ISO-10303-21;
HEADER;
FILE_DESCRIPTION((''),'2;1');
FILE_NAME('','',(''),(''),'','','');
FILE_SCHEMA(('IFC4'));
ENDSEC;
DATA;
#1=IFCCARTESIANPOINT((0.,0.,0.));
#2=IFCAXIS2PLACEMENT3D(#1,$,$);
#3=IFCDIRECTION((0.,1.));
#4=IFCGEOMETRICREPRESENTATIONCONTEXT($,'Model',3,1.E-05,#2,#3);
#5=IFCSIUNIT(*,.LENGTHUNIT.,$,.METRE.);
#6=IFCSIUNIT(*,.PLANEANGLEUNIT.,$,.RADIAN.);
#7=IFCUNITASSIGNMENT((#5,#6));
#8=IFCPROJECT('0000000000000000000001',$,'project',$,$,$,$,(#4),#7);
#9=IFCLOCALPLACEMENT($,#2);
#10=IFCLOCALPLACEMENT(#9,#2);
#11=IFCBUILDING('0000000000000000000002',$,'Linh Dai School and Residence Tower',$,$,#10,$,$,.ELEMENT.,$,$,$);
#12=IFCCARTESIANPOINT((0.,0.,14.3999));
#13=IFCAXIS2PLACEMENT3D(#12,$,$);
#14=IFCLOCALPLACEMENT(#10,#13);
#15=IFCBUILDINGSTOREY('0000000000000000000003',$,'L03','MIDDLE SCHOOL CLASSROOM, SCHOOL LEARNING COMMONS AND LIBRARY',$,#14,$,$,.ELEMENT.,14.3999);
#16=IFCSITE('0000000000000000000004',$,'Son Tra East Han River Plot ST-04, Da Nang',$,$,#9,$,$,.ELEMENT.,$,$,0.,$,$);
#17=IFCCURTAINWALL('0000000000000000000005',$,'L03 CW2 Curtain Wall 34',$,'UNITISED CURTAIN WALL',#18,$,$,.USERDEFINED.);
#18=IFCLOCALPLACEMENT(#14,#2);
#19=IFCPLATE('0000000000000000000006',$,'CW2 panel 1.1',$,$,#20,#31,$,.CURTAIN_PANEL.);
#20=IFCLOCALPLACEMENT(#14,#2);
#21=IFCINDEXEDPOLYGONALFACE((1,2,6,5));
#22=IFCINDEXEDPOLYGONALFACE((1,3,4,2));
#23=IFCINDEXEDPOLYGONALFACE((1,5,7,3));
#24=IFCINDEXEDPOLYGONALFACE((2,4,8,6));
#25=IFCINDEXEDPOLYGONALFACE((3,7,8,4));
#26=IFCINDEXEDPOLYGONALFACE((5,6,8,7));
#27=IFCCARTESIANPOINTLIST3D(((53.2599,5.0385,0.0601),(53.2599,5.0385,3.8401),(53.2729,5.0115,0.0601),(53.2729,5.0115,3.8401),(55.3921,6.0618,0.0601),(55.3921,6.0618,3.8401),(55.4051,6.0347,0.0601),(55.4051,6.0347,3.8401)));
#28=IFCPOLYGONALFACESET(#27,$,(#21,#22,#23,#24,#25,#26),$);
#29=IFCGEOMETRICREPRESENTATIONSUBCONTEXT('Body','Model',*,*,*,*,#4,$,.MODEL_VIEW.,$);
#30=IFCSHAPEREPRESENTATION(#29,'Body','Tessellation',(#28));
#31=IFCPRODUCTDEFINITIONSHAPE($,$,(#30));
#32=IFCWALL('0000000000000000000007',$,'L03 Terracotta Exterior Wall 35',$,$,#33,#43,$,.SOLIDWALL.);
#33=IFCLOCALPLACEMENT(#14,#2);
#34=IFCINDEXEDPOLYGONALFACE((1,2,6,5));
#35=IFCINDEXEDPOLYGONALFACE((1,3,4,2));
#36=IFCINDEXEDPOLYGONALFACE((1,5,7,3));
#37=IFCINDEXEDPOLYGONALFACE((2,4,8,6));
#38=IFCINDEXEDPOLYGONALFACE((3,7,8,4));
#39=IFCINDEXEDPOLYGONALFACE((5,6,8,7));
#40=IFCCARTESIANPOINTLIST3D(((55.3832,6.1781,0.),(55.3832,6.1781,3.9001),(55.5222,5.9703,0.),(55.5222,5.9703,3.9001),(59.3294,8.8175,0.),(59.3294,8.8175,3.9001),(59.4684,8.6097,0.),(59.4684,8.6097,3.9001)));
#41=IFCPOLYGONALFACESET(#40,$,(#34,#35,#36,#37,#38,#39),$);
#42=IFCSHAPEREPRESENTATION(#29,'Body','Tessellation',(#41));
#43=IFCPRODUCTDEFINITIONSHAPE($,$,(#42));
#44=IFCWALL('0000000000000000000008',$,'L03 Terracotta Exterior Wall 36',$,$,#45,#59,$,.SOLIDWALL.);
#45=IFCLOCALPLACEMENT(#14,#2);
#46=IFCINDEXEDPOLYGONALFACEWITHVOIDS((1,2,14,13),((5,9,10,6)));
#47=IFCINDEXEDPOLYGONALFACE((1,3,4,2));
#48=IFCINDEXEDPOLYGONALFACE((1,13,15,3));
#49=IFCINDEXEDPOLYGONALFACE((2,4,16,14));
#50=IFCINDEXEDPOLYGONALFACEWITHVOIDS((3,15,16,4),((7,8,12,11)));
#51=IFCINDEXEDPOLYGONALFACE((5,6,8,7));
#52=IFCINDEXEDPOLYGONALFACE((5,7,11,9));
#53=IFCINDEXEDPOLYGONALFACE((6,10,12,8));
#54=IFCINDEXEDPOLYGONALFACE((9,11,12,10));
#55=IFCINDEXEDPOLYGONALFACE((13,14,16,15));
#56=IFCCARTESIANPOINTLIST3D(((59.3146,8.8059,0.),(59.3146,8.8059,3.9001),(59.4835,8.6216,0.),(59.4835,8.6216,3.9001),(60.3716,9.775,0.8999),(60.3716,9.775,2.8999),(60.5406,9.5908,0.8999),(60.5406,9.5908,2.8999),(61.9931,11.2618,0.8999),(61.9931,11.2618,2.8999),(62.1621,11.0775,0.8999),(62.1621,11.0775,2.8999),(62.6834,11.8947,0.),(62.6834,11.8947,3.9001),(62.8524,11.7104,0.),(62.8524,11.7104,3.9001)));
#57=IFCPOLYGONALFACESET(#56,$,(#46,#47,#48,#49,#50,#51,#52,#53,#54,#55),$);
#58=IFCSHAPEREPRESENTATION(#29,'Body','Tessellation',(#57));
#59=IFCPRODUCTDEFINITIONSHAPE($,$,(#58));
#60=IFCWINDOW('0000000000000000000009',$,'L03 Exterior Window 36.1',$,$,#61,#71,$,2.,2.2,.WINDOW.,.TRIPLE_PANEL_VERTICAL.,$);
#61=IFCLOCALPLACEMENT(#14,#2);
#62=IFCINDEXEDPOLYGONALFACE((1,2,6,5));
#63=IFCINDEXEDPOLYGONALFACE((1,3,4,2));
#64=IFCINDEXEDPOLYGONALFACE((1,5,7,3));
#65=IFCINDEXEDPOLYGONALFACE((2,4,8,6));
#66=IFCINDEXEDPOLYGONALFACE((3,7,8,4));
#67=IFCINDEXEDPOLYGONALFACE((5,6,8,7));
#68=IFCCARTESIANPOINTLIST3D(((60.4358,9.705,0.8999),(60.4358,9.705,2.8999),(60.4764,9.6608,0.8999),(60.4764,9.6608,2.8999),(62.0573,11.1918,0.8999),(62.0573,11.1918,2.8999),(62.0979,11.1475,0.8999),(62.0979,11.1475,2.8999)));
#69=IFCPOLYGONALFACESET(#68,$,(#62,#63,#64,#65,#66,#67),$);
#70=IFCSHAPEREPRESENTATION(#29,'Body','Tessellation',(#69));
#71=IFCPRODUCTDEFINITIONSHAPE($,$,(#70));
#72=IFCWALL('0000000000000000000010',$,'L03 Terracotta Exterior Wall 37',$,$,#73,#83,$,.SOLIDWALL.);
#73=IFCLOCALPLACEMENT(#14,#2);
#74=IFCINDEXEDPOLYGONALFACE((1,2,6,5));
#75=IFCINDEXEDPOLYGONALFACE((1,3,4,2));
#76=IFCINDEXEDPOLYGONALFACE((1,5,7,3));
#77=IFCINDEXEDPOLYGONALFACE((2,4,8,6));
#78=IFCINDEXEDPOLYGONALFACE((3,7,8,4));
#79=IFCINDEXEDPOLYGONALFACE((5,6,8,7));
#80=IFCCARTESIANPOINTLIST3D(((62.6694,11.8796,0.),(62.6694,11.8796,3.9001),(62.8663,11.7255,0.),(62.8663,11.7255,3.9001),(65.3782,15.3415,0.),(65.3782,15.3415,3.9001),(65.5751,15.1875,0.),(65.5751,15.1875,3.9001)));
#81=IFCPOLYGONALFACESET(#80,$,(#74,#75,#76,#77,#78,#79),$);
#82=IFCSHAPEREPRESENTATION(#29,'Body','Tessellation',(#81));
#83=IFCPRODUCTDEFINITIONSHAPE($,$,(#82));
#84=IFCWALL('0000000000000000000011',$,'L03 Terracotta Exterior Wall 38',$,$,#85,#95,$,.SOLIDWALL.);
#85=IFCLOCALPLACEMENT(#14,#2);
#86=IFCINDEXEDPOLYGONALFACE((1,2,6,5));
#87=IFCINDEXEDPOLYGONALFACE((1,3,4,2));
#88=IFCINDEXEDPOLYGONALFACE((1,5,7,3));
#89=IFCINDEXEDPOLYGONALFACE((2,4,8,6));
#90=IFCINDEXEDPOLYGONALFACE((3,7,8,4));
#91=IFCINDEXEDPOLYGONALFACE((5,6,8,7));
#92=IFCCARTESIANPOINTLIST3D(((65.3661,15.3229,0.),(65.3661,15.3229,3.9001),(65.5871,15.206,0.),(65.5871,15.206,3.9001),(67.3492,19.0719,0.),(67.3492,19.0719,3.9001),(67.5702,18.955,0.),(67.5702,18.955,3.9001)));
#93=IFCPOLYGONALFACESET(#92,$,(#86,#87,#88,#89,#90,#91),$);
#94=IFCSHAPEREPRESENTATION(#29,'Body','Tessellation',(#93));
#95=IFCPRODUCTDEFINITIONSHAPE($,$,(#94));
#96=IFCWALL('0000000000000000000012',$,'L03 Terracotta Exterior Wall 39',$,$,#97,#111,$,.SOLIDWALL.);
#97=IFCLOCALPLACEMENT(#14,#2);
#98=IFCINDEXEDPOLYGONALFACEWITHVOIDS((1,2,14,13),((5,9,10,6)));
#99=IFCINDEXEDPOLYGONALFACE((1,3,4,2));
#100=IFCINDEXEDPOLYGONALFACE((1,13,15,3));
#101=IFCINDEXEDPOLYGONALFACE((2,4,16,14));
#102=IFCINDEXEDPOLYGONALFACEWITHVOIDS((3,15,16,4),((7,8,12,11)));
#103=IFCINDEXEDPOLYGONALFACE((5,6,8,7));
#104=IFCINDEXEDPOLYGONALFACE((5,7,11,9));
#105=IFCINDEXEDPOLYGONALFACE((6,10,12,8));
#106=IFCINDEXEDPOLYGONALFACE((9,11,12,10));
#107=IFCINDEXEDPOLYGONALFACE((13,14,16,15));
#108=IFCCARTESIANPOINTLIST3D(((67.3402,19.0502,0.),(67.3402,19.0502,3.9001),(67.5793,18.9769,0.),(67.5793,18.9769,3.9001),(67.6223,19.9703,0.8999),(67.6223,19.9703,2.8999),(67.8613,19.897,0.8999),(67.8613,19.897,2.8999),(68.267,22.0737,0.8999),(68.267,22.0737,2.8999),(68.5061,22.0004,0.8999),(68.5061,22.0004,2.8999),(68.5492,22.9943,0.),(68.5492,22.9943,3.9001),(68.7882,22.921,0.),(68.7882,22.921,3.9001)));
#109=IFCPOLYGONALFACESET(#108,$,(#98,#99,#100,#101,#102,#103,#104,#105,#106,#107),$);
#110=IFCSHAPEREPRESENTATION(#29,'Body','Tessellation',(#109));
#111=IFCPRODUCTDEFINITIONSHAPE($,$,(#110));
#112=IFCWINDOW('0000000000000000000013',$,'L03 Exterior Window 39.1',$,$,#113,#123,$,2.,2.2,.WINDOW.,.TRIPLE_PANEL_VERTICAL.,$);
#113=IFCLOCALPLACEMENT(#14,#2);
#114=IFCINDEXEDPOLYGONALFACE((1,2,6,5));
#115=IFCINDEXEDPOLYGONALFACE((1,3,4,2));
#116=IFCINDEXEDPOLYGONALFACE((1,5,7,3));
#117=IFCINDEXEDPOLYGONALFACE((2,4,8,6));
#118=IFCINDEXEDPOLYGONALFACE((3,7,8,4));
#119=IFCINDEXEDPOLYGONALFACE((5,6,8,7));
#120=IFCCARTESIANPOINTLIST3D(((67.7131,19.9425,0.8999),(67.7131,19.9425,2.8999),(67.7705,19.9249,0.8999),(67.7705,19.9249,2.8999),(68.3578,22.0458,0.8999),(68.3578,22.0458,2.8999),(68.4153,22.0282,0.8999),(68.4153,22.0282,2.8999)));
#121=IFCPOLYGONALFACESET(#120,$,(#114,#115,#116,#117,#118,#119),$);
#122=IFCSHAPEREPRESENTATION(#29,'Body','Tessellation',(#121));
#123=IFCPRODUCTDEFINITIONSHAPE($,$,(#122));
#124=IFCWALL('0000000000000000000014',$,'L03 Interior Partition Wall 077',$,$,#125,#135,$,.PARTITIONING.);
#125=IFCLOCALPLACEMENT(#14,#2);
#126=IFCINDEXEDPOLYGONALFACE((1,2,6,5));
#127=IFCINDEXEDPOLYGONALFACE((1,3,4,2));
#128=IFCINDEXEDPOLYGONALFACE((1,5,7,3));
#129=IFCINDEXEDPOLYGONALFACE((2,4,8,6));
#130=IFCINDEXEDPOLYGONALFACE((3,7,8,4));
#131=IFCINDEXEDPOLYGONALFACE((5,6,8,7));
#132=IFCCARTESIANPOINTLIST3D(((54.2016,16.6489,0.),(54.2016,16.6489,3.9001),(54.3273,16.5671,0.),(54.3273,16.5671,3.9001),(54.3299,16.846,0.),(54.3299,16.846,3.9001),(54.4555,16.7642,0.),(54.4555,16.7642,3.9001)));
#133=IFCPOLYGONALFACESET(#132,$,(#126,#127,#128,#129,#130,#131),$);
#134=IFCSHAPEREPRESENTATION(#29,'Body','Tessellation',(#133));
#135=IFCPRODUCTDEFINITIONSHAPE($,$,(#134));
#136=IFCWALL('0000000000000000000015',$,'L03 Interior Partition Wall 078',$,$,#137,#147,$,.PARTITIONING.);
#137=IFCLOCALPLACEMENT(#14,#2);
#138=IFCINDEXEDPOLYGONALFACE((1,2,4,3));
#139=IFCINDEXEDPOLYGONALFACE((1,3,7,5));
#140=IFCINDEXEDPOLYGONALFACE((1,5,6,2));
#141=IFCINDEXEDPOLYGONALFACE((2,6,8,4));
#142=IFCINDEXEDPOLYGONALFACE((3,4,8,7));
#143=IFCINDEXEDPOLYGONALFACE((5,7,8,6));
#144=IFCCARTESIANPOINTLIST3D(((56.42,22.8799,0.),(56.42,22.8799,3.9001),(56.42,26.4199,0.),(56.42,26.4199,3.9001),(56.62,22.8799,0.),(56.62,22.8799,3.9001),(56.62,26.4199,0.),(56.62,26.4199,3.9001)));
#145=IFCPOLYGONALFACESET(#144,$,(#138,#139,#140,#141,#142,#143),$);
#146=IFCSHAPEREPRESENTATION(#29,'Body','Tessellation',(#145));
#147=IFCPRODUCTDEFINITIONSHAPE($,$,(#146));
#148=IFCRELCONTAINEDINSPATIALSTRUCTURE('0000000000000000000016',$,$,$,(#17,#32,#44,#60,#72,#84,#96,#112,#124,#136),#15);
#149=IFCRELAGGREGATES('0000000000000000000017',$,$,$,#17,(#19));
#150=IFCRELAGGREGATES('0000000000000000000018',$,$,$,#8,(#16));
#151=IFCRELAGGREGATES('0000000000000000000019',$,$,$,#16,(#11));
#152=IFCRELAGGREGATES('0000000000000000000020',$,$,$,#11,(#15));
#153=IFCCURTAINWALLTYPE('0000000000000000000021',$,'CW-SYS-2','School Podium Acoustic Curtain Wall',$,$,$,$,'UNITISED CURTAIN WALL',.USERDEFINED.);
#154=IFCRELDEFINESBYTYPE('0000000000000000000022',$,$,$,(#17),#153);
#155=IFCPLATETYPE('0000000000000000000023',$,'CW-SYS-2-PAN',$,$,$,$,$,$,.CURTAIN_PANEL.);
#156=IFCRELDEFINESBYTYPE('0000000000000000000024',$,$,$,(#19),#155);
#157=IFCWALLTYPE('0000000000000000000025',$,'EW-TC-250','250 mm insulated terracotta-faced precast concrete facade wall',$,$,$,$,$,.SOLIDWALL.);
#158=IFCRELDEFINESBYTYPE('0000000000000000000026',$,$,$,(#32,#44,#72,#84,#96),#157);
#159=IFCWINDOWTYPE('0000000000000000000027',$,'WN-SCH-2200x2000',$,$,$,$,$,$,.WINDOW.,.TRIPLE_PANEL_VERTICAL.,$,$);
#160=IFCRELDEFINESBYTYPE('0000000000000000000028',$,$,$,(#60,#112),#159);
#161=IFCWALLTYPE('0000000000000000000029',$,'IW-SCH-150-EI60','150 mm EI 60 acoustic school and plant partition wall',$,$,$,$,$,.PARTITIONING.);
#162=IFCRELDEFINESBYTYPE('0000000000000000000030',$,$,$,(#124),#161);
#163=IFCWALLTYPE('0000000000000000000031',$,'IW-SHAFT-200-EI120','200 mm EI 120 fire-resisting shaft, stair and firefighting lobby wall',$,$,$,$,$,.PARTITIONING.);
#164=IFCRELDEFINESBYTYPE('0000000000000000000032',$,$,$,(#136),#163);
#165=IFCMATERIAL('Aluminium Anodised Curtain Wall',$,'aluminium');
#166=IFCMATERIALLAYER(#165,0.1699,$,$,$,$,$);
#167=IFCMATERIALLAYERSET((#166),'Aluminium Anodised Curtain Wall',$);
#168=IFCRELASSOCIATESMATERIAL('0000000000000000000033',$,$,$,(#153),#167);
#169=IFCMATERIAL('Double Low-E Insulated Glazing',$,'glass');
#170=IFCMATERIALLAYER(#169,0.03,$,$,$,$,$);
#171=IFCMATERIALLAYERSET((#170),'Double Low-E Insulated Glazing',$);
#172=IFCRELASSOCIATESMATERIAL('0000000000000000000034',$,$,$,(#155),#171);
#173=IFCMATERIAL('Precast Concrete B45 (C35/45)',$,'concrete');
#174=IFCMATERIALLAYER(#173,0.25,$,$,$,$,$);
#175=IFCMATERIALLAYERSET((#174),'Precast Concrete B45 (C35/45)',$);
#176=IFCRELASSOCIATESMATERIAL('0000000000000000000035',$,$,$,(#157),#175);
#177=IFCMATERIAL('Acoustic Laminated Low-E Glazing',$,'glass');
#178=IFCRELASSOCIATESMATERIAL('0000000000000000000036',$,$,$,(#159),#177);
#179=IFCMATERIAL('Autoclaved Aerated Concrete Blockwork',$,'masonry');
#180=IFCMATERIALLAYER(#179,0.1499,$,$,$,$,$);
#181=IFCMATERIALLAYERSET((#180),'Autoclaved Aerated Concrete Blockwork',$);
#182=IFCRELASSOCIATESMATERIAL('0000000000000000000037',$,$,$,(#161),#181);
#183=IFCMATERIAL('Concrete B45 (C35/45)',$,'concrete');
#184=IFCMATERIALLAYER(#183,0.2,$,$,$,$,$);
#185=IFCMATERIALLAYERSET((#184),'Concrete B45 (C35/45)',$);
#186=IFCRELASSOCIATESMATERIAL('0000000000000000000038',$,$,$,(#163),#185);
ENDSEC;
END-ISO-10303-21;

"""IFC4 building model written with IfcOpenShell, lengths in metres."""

from ifc_helpers import new_model, si_unit, direction, frame, frame_2d, origin, origin_2d, place, context, subcontext, project, spatial, rectangle, extrude, source, transform, mapped, material, layer, layer_set, type_object, element, fill, aggregate, save


model = new_model("IFC4")

# Units and contexts
model_context = context("Model", 3, precision=1e-05, world=origin(), true_north=direction((0.0, 1.0)))
body_context = subcontext(model_context, "Body", "Model", "MODEL_VIEW")
ifc_project = project(units=[si_unit("LENGTHUNIT", "METRE"), si_unit("PLANEANGLEUNIT", "RADIAN")], contexts=[model_context])

# Site, building, storey
site_placement = place(None, origin())
site = spatial("IfcSite", under=ifc_project, at=site_placement, Name="Son Tra East Han River Plot ST-04, Da Nang", CompositionType="ELEMENT", RefElevation=0.0)
building_placement = place(site_placement, origin())
building = spatial("IfcBuilding", under=site, at=building_placement, Name="Linh Dai School and Residence Tower", CompositionType="ELEMENT")
storey_placement = place(building_placement, frame((0.0, 0.0, 14.3999)))
storey = spatial("IfcBuildingStorey", under=building, at=storey_placement, Name="L03", Description="MIDDLE SCHOOL CLASSROOM, SCHOOL LEARNING COMMONS AND LIBRARY", CompositionType="ELEMENT", Elevation=14.3999)

# Curtain wall
ifc_material_1 = material(Name="Aluminium Anodised Curtain Wall", Category="aluminium")
ifc_layer_1 = layer(ifc_material_1, 0.1699)
ifc_layer_set_1 = layer_set([ifc_layer_1], Name="Aluminium Anodised Curtain Wall")
curtain_wall_type = type_object("IfcCurtainWallType", Name="CW-SYS-2", Description="School Podium Acoustic Curtain Wall", ElementType="UNITISED CURTAIN WALL", PredefinedType="USERDEFINED", material=ifc_layer_set_1)
curtain_wall_placement = place(storey_placement, origin())
curtain_wall = element("IfcCurtainWall", 1, at=curtain_wall_placement, inside=storey, type_object=curtain_wall_type, Name="L03 CW2 Curtain Wall 34", ObjectType="UNITISED CURTAIN WALL", PredefinedType="USERDEFINED")

# Plate
ifc_material_2 = material(Name="Double Low-E Insulated Glazing", Category="glass")
ifc_layer_2 = layer(ifc_material_2, 0.03)
ifc_layer_set_2 = layer_set([ifc_layer_2], Name="Double Low-E Insulated Glazing")
plate_type_1 = type_object("IfcPlateType", Name="CW-SYS-2-PAN", PredefinedType="CURTAIN_PANEL", material=ifc_layer_set_2)
shared_shape_1 = source(origin(), body_context, "Body", "SweptSolid", [
    extrude(rectangle(XDim=2.365, YDim=0.03, at=origin_2d()), origin(), (0.0, 0.0, 1.0), 3.78),
])
plate_1_placement = place(storey_placement, frame((54.3325, 5.5366, 0.0601), z_axis=(0.0, 0.0, 1.0), x_axis=(-0.901558, -0.432657, 0.0)))
plate_1 = element("IfcPlate", 2, at=plate_1_placement, type_object=plate_type_1, Name="CW2 panel 1.1", PredefinedType="CURTAIN_PANEL", context=body_context, shape_type="MappedRepresentation", body=[
    mapped(shared_shape_1, transform((0.0, 0.0, 0.0), x_axis=(1.0, 0.0, 0.0), y_axis=(0.0, 1.0, 0.0), z_axis=(0.0, 0.0, 1.0), scale=1.0)),
])
aggregate(curtain_wall, [plate_1])

# Wall
ifc_material_3 = material(Name="Precast Concrete B45 (C35/45)", Category="concrete")
ifc_layer_3 = layer(ifc_material_3, 0.25)
ifc_layer_set_3 = layer_set([ifc_layer_3], Name="Precast Concrete B45 (C35/45)")
wall_type_1 = type_object("IfcWallType", Name="EW-TC-250", Description="250 mm insulated terracotta-faced precast concrete facade wall", PredefinedType="SOLIDWALL", material=ifc_layer_set_3)
wall_1_placement = place(storey_placement, frame((59.3989, 8.7136, 0.0), z_axis=(0.0, 0.0, 1.0), x_axis=(-0.831219, -0.555946, 0.0)))
element("IfcWall", 3, at=wall_1_placement, inside=storey, type_object=wall_type_1, Name="L03 Terracotta Exterior Wall 35", PredefinedType="SOLIDWALL", context=body_context, shape_type="SweptSolid", body=[
    extrude(rectangle(XDim=4.7476, YDim=0.25, at=frame_2d((2.3738, 0.0))), origin(), (0.0, 0.0, 1.0), 3.9001),
])

# Wall, opening, window
wall_2_placement = place(storey_placement, frame((62.7678, 11.8025, 0.0), z_axis=(0.0, 0.0, 1.0), x_axis=(-0.737077, -0.675809, 0.0)))
wall_2 = element("IfcWall", 4, at=wall_2_placement, inside=storey, type_object=wall_type_1, Name="L03 Terracotta Exterior Wall 36", PredefinedType="SOLIDWALL", context=body_context, shape_type="SweptSolid", body=[
    extrude(rectangle(XDim=4.5706, YDim=0.25, at=frame_2d((2.2852, 0.0))), origin(), (0.0, 0.0, 1.0), 3.9001),
])
opening_1_placement = place(wall_2_placement, frame((0.9363, 0.0, 0.8999)))
opening_1 = element("IfcOpeningElement", 5, at=opening_1_placement, cuts=wall_2, PredefinedType="OPENING", context=body_context, shape_type="SweptSolid", body=[
    extrude(rectangle(XDim=2.2, YDim=2.0, at=origin_2d()), frame((1.1001, 0.135, 1.0), z_axis=(0.0, -1.0, 0.0), x_axis=(1.0, 0.0, 0.0)), (0.0, 0.0, 1.0), 0.27),
])
ifc_material_4 = material(Name="Acoustic Laminated Low-E Glazing", Category="glass")
window_type = type_object("IfcWindowType", Name="WN-SCH-2200x2000", PartitioningType="TRIPLE_PANEL_VERTICAL", PredefinedType="WINDOW", material=ifc_material_4)
shared_shape_2 = source(origin(), body_context, "Body", "SweptSolid", [
    extrude(rectangle(XDim=2.2, YDim=2.0, at=origin_2d()), frame((1.1001, 0.03, 1.0), z_axis=(0.0, -1.0, 0.0), x_axis=(1.0, 0.0, 0.0)), (0.0, 0.0, 1.0), 0.0601),
])
window_1_placement = place(opening_1_placement, origin())
window_1 = element("IfcWindow", 6, at=window_1_placement, inside=storey, type_object=window_type, Name="L03 Exterior Window 36.1", OverallHeight=2.0, OverallWidth=2.2, PartitioningType="TRIPLE_PANEL_VERTICAL", PredefinedType="WINDOW", context=body_context, shape_type="MappedRepresentation", body=[
    mapped(shared_shape_2, transform((0.0, 0.0, 0.0), x_axis=(1.0, 0.0, 0.0), y_axis=(0.0, 1.0, 0.0), z_axis=(0.0, 0.0, 1.0), scale=1.0)),
])
fill(opening_1, window_1)

# Walls
wall_3_placement = place(storey_placement, frame((65.4766, 15.2644, 0.0), z_axis=(0.0, 0.0, 1.0), x_axis=(-0.616226, -0.787569, 0.0)))
element("IfcWall", 7, at=wall_3_placement, inside=storey, type_object=wall_type_1, Name="L03 Terracotta Exterior Wall 37", PredefinedType="SOLIDWALL", context=body_context, shape_type="SweptSolid", body=[
    extrude(rectangle(XDim=4.3958, YDim=0.25, at=frame_2d((2.1978, 0.0))), origin(), (0.0, 0.0, 1.0), 3.9001),
])
wall_4_placement = place(storey_placement, frame((67.4597, 19.0134, 0.0), z_axis=(0.0, 0.0, 1.0), x_axis=(-0.467589, -0.883946, 0.0)))
element("IfcWall", 8, at=wall_4_placement, inside=storey, type_object=wall_type_1, Name="L03 Terracotta Exterior Wall 38", PredefinedType="SOLIDWALL", context=body_context, shape_type="SweptSolid", body=[
    extrude(rectangle(XDim=4.2412, YDim=0.25, at=frame_2d((2.1206, 0.0))), origin(), (0.0, 0.0, 1.0), 3.9001),
])

# Wall, opening, window
wall_5_placement = place(storey_placement, frame((68.6687, 22.9575, 0.0), z_axis=(0.0, 0.0, 1.0), x_axis=(-0.293071, -0.956091, 0.0)))
wall_5 = element("IfcWall", 9, at=wall_5_placement, inside=storey, type_object=wall_type_1, Name="L03 Terracotta Exterior Wall 39", PredefinedType="SOLIDWALL", context=body_context, shape_type="SweptSolid", body=[
    extrude(rectangle(XDim=4.1252, YDim=0.25, at=frame_2d((2.0625, 0.0))), origin(), (0.0, 0.0, 1.0), 3.9001),
])
opening_2_placement = place(wall_5_placement, frame((0.9626, 0.0, 0.8999)))
opening_2 = element("IfcOpeningElement", 10, at=opening_2_placement, cuts=wall_5, PredefinedType="OPENING", context=body_context, shape_type="SweptSolid", body=[
    extrude(rectangle(XDim=2.2, YDim=2.0, at=origin_2d()), frame((1.1001, 0.135, 1.0), z_axis=(0.0, -1.0, 0.0), x_axis=(1.0, 0.0, 0.0)), (0.0, 0.0, 1.0), 0.27),
])
window_2_placement = place(opening_2_placement, origin())
window_2 = element("IfcWindow", 11, at=window_2_placement, inside=storey, type_object=window_type, Name="L03 Exterior Window 39.1", OverallHeight=2.0, OverallWidth=2.2, PartitioningType="TRIPLE_PANEL_VERTICAL", PredefinedType="WINDOW", context=body_context, shape_type="MappedRepresentation", body=[
    mapped(shared_shape_2, transform((0.0, 0.0, 0.0), x_axis=(1.0, 0.0, 0.0), y_axis=(0.0, 1.0, 0.0), z_axis=(0.0, 0.0, 1.0), scale=1.0)),
])
fill(opening_2, window_2)

# Walls
ifc_material_5 = material(Name="Autoclaved Aerated Concrete Blockwork", Category="masonry")
ifc_layer_4 = layer(ifc_material_5, 0.1499)
ifc_layer_set_4 = layer_set([ifc_layer_4], Name="Autoclaved Aerated Concrete Blockwork")
wall_type_2 = type_object("IfcWallType", Name="IW-SCH-150-EI60", Description="150 mm EI 60 acoustic school and plant partition wall", PredefinedType="PARTITIONING", material=ifc_layer_set_4)
wall_6_placement = place(storey_placement, frame((54.2644, 16.6079, 0.0), z_axis=(0.0, 0.0, 1.0), x_axis=(0.545317, 0.83823, 0.0)))
element("IfcWall", 12, at=wall_6_placement, inside=storey, type_object=wall_type_2, Name="L03 Interior Partition Wall 077", PredefinedType="PARTITIONING", context=body_context, shape_type="SweptSolid", body=[
    extrude(rectangle(XDim=0.2351, YDim=0.1499, at=frame_2d((0.1177, 0.0))), origin(), (0.0, 0.0, 1.0), 3.9001),
])
ifc_material_6 = material(Name="Concrete B45 (C35/45)", Category="concrete")
ifc_layer_5 = layer(ifc_material_6, 0.2)
ifc_layer_set_5 = layer_set([ifc_layer_5], Name="Concrete B45 (C35/45)")
wall_type_3 = type_object("IfcWallType", Name="IW-SHAFT-200-EI120", Description="200 mm EI 120 fire-resisting shaft, stair and firefighting lobby wall", PredefinedType="PARTITIONING", material=ifc_layer_set_5)
wall_7_placement = place(storey_placement, frame((56.52, 22.8799, 0.0), z_axis=(0.0, 0.0, 1.0), x_axis=(0.0, 1.0, 0.0)))
element("IfcWall", 13, at=wall_7_placement, inside=storey, type_object=wall_type_3, Name="L03 Interior Partition Wall 078", PredefinedType="PARTITIONING", context=body_context, shape_type="SweptSolid", body=[
    extrude(rectangle(XDim=3.54, YDim=0.2, at=frame_2d((1.77, 0.0))), origin(), (0.0, 0.0, 1.0), 3.9001),
])

save(model, "model.ifc")
